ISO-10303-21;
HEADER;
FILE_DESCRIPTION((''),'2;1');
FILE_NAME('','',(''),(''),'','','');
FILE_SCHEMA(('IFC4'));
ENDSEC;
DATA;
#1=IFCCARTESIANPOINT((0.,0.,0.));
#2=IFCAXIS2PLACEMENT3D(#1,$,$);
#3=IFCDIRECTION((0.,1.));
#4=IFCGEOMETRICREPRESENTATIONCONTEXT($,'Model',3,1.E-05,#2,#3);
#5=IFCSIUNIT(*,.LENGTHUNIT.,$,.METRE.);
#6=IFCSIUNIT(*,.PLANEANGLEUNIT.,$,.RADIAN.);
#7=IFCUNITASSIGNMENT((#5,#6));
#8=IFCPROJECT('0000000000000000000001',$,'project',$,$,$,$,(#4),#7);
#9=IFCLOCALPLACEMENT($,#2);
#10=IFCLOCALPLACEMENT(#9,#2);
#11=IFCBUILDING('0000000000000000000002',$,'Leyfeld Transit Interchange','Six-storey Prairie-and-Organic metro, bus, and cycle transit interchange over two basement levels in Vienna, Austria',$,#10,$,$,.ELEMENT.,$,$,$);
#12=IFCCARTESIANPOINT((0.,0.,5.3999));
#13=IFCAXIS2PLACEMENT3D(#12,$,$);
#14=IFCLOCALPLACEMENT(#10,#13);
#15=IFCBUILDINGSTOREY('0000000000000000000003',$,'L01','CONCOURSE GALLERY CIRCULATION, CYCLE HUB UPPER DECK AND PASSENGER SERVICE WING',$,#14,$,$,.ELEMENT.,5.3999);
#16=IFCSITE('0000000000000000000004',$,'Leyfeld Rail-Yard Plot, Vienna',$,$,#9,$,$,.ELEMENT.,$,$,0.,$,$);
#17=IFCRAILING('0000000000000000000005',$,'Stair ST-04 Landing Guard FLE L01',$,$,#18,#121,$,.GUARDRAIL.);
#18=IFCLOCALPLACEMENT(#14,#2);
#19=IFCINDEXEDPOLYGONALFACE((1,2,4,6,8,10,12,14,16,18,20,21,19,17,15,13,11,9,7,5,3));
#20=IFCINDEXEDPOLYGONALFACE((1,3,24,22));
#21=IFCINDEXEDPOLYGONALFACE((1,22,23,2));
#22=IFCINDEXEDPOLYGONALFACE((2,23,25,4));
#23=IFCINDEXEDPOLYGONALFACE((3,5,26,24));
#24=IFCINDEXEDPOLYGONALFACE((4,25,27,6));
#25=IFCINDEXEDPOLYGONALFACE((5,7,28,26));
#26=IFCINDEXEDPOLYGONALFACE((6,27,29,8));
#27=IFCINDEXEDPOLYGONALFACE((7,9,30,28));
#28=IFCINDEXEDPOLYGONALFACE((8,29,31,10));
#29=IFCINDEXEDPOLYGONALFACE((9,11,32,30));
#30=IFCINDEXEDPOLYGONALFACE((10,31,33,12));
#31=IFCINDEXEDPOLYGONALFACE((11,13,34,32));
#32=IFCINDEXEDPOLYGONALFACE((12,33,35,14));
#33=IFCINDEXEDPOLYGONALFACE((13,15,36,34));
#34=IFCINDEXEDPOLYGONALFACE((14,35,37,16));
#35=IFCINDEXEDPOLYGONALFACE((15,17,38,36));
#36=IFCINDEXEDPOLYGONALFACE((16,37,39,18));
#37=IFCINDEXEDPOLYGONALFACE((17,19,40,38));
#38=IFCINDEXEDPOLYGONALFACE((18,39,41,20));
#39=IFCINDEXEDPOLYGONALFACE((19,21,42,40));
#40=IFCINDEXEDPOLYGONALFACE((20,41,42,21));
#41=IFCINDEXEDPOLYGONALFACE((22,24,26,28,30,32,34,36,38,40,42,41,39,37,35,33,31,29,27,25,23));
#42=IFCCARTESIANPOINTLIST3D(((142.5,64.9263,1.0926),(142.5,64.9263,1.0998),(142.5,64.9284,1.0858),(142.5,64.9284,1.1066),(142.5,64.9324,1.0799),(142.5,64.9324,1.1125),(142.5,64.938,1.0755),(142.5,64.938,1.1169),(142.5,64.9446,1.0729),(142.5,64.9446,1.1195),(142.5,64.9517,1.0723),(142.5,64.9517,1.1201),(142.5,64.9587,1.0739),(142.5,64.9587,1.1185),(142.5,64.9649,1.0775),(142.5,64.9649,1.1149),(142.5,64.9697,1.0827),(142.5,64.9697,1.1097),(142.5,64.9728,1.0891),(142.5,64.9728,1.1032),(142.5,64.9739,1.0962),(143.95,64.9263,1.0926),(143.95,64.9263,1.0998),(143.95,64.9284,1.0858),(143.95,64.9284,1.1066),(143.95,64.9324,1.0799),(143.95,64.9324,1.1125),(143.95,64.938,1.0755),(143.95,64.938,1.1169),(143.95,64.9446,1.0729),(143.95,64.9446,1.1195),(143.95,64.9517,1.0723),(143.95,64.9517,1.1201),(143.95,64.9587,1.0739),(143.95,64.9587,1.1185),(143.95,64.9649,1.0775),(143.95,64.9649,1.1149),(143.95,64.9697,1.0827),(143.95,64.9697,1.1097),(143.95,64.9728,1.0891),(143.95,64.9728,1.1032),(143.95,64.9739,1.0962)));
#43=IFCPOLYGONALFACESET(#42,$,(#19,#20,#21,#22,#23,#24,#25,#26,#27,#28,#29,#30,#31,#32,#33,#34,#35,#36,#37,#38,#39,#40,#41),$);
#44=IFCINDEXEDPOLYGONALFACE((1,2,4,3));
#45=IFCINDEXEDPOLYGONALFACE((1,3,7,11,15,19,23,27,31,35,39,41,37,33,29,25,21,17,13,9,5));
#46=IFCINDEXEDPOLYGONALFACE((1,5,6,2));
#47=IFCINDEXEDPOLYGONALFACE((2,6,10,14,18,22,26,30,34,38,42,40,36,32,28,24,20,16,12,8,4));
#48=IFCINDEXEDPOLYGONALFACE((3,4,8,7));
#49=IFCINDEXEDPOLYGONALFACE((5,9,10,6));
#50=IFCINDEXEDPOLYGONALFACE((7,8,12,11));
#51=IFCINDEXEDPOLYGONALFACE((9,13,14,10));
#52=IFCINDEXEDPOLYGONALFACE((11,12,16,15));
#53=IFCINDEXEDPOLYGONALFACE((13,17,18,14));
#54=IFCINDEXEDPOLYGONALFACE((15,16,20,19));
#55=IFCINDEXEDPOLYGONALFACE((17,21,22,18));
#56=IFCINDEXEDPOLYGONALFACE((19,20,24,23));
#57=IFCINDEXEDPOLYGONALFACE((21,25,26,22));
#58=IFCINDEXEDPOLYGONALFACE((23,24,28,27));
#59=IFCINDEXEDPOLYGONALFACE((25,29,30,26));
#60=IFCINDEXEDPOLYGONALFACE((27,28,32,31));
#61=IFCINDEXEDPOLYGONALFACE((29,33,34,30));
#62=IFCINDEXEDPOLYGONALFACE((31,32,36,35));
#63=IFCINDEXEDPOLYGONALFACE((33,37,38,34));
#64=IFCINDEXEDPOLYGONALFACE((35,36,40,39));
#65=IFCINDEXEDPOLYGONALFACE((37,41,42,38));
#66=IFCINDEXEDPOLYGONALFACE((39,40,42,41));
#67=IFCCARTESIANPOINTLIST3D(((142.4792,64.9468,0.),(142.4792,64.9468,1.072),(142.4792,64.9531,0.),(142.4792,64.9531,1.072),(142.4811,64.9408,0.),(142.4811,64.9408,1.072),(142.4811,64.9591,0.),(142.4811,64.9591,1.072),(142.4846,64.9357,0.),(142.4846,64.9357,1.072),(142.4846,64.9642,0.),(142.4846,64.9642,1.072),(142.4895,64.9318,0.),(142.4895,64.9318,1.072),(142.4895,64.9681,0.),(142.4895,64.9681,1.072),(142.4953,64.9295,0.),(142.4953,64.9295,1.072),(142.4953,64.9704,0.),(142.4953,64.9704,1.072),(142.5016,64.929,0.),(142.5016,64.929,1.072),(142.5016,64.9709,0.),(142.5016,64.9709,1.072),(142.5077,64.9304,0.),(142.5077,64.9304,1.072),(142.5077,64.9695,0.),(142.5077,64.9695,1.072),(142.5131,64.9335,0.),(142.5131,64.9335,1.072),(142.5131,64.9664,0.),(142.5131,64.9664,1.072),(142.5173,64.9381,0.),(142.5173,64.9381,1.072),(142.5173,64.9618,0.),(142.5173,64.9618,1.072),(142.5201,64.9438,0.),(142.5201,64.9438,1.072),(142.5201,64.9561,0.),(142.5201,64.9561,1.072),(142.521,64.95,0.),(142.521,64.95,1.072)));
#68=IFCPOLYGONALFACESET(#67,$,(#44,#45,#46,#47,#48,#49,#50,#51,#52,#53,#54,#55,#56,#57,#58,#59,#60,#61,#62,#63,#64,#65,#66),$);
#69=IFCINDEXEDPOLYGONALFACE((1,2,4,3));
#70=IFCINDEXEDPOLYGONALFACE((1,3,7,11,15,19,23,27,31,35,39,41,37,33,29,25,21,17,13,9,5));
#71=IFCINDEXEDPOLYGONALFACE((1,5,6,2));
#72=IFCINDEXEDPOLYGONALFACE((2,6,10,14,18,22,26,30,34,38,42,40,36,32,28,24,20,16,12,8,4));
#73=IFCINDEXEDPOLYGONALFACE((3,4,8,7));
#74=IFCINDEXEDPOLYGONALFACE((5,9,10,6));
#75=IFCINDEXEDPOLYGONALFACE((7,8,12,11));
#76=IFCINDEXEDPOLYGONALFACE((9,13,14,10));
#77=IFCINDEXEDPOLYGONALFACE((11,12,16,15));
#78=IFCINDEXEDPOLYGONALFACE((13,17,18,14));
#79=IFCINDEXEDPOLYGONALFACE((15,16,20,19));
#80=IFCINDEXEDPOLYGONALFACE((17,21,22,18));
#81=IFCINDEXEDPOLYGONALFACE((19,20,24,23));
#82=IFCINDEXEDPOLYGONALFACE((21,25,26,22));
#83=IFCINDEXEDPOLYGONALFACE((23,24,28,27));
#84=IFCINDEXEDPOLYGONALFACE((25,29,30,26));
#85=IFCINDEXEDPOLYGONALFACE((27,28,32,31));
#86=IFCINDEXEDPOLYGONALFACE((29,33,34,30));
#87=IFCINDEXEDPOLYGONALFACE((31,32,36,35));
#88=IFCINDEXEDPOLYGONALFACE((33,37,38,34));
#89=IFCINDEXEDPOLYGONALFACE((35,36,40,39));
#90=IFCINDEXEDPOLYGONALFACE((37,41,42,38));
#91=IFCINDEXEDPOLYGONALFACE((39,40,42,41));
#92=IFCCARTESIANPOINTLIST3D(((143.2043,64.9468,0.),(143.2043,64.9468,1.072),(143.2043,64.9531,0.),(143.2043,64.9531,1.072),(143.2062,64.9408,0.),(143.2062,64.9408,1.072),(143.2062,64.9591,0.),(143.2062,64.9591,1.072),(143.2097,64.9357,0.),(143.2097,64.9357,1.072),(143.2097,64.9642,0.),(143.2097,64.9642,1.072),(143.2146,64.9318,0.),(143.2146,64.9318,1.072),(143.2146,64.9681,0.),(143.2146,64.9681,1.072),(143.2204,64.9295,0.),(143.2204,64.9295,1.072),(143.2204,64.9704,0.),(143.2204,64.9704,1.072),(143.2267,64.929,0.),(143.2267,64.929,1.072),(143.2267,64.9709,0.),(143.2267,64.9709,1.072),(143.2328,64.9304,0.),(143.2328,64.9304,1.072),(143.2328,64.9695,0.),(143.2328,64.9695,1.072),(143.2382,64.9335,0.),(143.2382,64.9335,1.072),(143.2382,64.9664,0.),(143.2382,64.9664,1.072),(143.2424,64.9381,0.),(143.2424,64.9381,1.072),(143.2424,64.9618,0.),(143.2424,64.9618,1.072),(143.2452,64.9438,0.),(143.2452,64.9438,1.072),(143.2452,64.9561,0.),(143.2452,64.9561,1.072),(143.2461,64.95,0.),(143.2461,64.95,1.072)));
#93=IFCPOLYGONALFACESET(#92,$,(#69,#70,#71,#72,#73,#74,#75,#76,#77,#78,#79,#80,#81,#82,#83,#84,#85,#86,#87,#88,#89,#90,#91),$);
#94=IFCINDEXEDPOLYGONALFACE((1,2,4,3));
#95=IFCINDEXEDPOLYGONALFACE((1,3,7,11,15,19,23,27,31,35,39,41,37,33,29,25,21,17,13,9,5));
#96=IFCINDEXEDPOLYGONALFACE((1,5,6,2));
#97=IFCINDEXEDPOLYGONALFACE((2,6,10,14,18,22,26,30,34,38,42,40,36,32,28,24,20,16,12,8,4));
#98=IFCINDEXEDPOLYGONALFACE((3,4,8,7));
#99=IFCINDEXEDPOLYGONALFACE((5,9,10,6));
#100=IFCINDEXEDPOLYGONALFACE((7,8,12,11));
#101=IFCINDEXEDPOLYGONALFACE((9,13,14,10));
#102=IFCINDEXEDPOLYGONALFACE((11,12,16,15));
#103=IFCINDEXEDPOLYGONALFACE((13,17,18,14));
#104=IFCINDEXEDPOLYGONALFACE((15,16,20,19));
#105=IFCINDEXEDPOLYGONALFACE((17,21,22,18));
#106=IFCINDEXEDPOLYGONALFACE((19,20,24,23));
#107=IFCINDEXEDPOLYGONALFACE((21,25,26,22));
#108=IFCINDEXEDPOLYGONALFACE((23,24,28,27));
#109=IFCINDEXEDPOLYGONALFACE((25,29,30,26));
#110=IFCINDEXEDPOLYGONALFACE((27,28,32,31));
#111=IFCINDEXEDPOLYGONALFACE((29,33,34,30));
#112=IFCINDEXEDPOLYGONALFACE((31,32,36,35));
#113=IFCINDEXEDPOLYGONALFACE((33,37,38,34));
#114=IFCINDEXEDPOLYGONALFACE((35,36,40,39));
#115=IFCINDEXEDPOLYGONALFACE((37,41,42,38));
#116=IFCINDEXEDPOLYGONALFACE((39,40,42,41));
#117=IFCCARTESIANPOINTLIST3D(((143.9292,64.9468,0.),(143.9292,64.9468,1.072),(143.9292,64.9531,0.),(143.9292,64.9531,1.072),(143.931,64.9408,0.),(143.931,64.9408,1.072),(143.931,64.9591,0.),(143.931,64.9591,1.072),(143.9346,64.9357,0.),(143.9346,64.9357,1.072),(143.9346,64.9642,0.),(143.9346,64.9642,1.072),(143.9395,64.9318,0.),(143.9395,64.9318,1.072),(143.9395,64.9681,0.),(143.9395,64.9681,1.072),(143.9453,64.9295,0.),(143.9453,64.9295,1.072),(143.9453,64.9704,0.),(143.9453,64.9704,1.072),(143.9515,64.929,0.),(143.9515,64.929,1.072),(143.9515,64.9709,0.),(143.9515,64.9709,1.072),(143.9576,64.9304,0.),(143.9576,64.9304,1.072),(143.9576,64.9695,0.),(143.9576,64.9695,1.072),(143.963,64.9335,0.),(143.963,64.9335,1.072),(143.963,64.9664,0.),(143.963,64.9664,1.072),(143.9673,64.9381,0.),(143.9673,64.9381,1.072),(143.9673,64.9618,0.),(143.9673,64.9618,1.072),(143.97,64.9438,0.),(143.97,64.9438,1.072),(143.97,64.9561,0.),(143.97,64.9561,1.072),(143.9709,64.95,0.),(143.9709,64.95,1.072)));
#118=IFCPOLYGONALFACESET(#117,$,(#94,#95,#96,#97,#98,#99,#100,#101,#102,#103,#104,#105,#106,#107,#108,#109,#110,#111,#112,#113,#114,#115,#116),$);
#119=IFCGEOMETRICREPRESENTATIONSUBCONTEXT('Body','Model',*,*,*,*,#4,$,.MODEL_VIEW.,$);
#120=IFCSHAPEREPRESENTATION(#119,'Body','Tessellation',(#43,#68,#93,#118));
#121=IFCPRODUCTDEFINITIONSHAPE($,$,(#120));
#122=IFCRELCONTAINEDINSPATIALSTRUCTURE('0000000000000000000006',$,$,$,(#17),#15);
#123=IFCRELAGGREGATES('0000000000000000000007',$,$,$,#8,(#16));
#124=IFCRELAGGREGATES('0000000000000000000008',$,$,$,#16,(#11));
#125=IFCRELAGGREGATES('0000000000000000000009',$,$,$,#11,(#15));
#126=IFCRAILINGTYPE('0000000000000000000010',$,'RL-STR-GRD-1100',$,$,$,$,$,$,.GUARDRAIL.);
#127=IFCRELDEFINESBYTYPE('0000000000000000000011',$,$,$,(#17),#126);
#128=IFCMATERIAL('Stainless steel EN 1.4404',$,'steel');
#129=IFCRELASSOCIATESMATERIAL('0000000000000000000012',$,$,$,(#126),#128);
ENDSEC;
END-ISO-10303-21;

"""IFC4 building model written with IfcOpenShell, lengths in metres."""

from ifc_helpers import new_model, si_unit, direction, frame, origin, origin_2d, place, context, subcontext, project, spatial, circle, extrude, material, type_object, element, save


model = new_model("IFC4")

# Units and contexts
model_context = context("Model", 3, precision=1e-05, world=origin(), true_north=direction((0.0, 1.0)))
body_context = subcontext(model_context, "Body", "Model", "MODEL_VIEW")
ifc_project = project(units=[si_unit("LENGTHUNIT", "METRE"), si_unit("PLANEANGLEUNIT", "RADIAN")], contexts=[model_context])

# Site, building, storey
site_placement = place(None, origin())
site = spatial("IfcSite", under=ifc_project, at=site_placement, Name="Leyfeld Rail-Yard Plot, Vienna", CompositionType="ELEMENT", RefElevation=0.0)
building_placement = place(site_placement, origin())
building = spatial("IfcBuilding", under=site, at=building_placement, Name="Leyfeld Transit Interchange", Description="Six-storey Prairie-and-Organic metro, bus, and cycle transit interchange over two basement levels in Vienna, Austria", CompositionType="ELEMENT")
storey_placement = place(building_placement, frame((0.0, 0.0, 5.3999)))
storey = spatial("IfcBuildingStorey", under=building, at=storey_placement, Name="L01", Description="CONCOURSE GALLERY CIRCULATION, CYCLE HUB UPPER DECK AND PASSENGER SERVICE WING", CompositionType="ELEMENT", Elevation=5.3999)

# Shared definitions
ifc_material_1 = material(Name="Stainless steel EN 1.4404", Category="steel")

# Railing
railing_type = type_object("IfcRailingType", Name="RL-STR-GRD-1100", PredefinedType="GUARDRAIL", material=ifc_material_1)
railing_placement = place(storey_placement, frame((142.5, 64.95, 0.0)))
element("IfcRailing", 1, at=railing_placement, inside=storey, type_object=railing_type, Name="Stair ST-04 Landing Guard FLE L01", PredefinedType="GUARDRAIL", context=body_context, shape_type="SweptSolid", body=[
    extrude(circle(Radius=0.0239, at=origin_2d()), frame((0.0, 0.0, 1.0962), z_axis=(1.0, 0.0, 0.0), x_axis=(0.0, 1.0, 0.0)), (0.0, 0.0, 1.0), 1.45),
    extrude(circle(Radius=0.021, at=origin_2d()), origin(), (0.0, 0.0, 1.0), 1.072),
    extrude(circle(Radius=0.021, at=origin_2d()), frame((0.7251, 0.0, 0.0)), (0.0, 0.0, 1.0), 1.072),
    extrude(circle(Radius=0.021, at=origin_2d()), frame((1.45, 0.0, 0.0)), (0.0, 0.0, 1.0), 1.072),
])

save(model, "model.ifc")
